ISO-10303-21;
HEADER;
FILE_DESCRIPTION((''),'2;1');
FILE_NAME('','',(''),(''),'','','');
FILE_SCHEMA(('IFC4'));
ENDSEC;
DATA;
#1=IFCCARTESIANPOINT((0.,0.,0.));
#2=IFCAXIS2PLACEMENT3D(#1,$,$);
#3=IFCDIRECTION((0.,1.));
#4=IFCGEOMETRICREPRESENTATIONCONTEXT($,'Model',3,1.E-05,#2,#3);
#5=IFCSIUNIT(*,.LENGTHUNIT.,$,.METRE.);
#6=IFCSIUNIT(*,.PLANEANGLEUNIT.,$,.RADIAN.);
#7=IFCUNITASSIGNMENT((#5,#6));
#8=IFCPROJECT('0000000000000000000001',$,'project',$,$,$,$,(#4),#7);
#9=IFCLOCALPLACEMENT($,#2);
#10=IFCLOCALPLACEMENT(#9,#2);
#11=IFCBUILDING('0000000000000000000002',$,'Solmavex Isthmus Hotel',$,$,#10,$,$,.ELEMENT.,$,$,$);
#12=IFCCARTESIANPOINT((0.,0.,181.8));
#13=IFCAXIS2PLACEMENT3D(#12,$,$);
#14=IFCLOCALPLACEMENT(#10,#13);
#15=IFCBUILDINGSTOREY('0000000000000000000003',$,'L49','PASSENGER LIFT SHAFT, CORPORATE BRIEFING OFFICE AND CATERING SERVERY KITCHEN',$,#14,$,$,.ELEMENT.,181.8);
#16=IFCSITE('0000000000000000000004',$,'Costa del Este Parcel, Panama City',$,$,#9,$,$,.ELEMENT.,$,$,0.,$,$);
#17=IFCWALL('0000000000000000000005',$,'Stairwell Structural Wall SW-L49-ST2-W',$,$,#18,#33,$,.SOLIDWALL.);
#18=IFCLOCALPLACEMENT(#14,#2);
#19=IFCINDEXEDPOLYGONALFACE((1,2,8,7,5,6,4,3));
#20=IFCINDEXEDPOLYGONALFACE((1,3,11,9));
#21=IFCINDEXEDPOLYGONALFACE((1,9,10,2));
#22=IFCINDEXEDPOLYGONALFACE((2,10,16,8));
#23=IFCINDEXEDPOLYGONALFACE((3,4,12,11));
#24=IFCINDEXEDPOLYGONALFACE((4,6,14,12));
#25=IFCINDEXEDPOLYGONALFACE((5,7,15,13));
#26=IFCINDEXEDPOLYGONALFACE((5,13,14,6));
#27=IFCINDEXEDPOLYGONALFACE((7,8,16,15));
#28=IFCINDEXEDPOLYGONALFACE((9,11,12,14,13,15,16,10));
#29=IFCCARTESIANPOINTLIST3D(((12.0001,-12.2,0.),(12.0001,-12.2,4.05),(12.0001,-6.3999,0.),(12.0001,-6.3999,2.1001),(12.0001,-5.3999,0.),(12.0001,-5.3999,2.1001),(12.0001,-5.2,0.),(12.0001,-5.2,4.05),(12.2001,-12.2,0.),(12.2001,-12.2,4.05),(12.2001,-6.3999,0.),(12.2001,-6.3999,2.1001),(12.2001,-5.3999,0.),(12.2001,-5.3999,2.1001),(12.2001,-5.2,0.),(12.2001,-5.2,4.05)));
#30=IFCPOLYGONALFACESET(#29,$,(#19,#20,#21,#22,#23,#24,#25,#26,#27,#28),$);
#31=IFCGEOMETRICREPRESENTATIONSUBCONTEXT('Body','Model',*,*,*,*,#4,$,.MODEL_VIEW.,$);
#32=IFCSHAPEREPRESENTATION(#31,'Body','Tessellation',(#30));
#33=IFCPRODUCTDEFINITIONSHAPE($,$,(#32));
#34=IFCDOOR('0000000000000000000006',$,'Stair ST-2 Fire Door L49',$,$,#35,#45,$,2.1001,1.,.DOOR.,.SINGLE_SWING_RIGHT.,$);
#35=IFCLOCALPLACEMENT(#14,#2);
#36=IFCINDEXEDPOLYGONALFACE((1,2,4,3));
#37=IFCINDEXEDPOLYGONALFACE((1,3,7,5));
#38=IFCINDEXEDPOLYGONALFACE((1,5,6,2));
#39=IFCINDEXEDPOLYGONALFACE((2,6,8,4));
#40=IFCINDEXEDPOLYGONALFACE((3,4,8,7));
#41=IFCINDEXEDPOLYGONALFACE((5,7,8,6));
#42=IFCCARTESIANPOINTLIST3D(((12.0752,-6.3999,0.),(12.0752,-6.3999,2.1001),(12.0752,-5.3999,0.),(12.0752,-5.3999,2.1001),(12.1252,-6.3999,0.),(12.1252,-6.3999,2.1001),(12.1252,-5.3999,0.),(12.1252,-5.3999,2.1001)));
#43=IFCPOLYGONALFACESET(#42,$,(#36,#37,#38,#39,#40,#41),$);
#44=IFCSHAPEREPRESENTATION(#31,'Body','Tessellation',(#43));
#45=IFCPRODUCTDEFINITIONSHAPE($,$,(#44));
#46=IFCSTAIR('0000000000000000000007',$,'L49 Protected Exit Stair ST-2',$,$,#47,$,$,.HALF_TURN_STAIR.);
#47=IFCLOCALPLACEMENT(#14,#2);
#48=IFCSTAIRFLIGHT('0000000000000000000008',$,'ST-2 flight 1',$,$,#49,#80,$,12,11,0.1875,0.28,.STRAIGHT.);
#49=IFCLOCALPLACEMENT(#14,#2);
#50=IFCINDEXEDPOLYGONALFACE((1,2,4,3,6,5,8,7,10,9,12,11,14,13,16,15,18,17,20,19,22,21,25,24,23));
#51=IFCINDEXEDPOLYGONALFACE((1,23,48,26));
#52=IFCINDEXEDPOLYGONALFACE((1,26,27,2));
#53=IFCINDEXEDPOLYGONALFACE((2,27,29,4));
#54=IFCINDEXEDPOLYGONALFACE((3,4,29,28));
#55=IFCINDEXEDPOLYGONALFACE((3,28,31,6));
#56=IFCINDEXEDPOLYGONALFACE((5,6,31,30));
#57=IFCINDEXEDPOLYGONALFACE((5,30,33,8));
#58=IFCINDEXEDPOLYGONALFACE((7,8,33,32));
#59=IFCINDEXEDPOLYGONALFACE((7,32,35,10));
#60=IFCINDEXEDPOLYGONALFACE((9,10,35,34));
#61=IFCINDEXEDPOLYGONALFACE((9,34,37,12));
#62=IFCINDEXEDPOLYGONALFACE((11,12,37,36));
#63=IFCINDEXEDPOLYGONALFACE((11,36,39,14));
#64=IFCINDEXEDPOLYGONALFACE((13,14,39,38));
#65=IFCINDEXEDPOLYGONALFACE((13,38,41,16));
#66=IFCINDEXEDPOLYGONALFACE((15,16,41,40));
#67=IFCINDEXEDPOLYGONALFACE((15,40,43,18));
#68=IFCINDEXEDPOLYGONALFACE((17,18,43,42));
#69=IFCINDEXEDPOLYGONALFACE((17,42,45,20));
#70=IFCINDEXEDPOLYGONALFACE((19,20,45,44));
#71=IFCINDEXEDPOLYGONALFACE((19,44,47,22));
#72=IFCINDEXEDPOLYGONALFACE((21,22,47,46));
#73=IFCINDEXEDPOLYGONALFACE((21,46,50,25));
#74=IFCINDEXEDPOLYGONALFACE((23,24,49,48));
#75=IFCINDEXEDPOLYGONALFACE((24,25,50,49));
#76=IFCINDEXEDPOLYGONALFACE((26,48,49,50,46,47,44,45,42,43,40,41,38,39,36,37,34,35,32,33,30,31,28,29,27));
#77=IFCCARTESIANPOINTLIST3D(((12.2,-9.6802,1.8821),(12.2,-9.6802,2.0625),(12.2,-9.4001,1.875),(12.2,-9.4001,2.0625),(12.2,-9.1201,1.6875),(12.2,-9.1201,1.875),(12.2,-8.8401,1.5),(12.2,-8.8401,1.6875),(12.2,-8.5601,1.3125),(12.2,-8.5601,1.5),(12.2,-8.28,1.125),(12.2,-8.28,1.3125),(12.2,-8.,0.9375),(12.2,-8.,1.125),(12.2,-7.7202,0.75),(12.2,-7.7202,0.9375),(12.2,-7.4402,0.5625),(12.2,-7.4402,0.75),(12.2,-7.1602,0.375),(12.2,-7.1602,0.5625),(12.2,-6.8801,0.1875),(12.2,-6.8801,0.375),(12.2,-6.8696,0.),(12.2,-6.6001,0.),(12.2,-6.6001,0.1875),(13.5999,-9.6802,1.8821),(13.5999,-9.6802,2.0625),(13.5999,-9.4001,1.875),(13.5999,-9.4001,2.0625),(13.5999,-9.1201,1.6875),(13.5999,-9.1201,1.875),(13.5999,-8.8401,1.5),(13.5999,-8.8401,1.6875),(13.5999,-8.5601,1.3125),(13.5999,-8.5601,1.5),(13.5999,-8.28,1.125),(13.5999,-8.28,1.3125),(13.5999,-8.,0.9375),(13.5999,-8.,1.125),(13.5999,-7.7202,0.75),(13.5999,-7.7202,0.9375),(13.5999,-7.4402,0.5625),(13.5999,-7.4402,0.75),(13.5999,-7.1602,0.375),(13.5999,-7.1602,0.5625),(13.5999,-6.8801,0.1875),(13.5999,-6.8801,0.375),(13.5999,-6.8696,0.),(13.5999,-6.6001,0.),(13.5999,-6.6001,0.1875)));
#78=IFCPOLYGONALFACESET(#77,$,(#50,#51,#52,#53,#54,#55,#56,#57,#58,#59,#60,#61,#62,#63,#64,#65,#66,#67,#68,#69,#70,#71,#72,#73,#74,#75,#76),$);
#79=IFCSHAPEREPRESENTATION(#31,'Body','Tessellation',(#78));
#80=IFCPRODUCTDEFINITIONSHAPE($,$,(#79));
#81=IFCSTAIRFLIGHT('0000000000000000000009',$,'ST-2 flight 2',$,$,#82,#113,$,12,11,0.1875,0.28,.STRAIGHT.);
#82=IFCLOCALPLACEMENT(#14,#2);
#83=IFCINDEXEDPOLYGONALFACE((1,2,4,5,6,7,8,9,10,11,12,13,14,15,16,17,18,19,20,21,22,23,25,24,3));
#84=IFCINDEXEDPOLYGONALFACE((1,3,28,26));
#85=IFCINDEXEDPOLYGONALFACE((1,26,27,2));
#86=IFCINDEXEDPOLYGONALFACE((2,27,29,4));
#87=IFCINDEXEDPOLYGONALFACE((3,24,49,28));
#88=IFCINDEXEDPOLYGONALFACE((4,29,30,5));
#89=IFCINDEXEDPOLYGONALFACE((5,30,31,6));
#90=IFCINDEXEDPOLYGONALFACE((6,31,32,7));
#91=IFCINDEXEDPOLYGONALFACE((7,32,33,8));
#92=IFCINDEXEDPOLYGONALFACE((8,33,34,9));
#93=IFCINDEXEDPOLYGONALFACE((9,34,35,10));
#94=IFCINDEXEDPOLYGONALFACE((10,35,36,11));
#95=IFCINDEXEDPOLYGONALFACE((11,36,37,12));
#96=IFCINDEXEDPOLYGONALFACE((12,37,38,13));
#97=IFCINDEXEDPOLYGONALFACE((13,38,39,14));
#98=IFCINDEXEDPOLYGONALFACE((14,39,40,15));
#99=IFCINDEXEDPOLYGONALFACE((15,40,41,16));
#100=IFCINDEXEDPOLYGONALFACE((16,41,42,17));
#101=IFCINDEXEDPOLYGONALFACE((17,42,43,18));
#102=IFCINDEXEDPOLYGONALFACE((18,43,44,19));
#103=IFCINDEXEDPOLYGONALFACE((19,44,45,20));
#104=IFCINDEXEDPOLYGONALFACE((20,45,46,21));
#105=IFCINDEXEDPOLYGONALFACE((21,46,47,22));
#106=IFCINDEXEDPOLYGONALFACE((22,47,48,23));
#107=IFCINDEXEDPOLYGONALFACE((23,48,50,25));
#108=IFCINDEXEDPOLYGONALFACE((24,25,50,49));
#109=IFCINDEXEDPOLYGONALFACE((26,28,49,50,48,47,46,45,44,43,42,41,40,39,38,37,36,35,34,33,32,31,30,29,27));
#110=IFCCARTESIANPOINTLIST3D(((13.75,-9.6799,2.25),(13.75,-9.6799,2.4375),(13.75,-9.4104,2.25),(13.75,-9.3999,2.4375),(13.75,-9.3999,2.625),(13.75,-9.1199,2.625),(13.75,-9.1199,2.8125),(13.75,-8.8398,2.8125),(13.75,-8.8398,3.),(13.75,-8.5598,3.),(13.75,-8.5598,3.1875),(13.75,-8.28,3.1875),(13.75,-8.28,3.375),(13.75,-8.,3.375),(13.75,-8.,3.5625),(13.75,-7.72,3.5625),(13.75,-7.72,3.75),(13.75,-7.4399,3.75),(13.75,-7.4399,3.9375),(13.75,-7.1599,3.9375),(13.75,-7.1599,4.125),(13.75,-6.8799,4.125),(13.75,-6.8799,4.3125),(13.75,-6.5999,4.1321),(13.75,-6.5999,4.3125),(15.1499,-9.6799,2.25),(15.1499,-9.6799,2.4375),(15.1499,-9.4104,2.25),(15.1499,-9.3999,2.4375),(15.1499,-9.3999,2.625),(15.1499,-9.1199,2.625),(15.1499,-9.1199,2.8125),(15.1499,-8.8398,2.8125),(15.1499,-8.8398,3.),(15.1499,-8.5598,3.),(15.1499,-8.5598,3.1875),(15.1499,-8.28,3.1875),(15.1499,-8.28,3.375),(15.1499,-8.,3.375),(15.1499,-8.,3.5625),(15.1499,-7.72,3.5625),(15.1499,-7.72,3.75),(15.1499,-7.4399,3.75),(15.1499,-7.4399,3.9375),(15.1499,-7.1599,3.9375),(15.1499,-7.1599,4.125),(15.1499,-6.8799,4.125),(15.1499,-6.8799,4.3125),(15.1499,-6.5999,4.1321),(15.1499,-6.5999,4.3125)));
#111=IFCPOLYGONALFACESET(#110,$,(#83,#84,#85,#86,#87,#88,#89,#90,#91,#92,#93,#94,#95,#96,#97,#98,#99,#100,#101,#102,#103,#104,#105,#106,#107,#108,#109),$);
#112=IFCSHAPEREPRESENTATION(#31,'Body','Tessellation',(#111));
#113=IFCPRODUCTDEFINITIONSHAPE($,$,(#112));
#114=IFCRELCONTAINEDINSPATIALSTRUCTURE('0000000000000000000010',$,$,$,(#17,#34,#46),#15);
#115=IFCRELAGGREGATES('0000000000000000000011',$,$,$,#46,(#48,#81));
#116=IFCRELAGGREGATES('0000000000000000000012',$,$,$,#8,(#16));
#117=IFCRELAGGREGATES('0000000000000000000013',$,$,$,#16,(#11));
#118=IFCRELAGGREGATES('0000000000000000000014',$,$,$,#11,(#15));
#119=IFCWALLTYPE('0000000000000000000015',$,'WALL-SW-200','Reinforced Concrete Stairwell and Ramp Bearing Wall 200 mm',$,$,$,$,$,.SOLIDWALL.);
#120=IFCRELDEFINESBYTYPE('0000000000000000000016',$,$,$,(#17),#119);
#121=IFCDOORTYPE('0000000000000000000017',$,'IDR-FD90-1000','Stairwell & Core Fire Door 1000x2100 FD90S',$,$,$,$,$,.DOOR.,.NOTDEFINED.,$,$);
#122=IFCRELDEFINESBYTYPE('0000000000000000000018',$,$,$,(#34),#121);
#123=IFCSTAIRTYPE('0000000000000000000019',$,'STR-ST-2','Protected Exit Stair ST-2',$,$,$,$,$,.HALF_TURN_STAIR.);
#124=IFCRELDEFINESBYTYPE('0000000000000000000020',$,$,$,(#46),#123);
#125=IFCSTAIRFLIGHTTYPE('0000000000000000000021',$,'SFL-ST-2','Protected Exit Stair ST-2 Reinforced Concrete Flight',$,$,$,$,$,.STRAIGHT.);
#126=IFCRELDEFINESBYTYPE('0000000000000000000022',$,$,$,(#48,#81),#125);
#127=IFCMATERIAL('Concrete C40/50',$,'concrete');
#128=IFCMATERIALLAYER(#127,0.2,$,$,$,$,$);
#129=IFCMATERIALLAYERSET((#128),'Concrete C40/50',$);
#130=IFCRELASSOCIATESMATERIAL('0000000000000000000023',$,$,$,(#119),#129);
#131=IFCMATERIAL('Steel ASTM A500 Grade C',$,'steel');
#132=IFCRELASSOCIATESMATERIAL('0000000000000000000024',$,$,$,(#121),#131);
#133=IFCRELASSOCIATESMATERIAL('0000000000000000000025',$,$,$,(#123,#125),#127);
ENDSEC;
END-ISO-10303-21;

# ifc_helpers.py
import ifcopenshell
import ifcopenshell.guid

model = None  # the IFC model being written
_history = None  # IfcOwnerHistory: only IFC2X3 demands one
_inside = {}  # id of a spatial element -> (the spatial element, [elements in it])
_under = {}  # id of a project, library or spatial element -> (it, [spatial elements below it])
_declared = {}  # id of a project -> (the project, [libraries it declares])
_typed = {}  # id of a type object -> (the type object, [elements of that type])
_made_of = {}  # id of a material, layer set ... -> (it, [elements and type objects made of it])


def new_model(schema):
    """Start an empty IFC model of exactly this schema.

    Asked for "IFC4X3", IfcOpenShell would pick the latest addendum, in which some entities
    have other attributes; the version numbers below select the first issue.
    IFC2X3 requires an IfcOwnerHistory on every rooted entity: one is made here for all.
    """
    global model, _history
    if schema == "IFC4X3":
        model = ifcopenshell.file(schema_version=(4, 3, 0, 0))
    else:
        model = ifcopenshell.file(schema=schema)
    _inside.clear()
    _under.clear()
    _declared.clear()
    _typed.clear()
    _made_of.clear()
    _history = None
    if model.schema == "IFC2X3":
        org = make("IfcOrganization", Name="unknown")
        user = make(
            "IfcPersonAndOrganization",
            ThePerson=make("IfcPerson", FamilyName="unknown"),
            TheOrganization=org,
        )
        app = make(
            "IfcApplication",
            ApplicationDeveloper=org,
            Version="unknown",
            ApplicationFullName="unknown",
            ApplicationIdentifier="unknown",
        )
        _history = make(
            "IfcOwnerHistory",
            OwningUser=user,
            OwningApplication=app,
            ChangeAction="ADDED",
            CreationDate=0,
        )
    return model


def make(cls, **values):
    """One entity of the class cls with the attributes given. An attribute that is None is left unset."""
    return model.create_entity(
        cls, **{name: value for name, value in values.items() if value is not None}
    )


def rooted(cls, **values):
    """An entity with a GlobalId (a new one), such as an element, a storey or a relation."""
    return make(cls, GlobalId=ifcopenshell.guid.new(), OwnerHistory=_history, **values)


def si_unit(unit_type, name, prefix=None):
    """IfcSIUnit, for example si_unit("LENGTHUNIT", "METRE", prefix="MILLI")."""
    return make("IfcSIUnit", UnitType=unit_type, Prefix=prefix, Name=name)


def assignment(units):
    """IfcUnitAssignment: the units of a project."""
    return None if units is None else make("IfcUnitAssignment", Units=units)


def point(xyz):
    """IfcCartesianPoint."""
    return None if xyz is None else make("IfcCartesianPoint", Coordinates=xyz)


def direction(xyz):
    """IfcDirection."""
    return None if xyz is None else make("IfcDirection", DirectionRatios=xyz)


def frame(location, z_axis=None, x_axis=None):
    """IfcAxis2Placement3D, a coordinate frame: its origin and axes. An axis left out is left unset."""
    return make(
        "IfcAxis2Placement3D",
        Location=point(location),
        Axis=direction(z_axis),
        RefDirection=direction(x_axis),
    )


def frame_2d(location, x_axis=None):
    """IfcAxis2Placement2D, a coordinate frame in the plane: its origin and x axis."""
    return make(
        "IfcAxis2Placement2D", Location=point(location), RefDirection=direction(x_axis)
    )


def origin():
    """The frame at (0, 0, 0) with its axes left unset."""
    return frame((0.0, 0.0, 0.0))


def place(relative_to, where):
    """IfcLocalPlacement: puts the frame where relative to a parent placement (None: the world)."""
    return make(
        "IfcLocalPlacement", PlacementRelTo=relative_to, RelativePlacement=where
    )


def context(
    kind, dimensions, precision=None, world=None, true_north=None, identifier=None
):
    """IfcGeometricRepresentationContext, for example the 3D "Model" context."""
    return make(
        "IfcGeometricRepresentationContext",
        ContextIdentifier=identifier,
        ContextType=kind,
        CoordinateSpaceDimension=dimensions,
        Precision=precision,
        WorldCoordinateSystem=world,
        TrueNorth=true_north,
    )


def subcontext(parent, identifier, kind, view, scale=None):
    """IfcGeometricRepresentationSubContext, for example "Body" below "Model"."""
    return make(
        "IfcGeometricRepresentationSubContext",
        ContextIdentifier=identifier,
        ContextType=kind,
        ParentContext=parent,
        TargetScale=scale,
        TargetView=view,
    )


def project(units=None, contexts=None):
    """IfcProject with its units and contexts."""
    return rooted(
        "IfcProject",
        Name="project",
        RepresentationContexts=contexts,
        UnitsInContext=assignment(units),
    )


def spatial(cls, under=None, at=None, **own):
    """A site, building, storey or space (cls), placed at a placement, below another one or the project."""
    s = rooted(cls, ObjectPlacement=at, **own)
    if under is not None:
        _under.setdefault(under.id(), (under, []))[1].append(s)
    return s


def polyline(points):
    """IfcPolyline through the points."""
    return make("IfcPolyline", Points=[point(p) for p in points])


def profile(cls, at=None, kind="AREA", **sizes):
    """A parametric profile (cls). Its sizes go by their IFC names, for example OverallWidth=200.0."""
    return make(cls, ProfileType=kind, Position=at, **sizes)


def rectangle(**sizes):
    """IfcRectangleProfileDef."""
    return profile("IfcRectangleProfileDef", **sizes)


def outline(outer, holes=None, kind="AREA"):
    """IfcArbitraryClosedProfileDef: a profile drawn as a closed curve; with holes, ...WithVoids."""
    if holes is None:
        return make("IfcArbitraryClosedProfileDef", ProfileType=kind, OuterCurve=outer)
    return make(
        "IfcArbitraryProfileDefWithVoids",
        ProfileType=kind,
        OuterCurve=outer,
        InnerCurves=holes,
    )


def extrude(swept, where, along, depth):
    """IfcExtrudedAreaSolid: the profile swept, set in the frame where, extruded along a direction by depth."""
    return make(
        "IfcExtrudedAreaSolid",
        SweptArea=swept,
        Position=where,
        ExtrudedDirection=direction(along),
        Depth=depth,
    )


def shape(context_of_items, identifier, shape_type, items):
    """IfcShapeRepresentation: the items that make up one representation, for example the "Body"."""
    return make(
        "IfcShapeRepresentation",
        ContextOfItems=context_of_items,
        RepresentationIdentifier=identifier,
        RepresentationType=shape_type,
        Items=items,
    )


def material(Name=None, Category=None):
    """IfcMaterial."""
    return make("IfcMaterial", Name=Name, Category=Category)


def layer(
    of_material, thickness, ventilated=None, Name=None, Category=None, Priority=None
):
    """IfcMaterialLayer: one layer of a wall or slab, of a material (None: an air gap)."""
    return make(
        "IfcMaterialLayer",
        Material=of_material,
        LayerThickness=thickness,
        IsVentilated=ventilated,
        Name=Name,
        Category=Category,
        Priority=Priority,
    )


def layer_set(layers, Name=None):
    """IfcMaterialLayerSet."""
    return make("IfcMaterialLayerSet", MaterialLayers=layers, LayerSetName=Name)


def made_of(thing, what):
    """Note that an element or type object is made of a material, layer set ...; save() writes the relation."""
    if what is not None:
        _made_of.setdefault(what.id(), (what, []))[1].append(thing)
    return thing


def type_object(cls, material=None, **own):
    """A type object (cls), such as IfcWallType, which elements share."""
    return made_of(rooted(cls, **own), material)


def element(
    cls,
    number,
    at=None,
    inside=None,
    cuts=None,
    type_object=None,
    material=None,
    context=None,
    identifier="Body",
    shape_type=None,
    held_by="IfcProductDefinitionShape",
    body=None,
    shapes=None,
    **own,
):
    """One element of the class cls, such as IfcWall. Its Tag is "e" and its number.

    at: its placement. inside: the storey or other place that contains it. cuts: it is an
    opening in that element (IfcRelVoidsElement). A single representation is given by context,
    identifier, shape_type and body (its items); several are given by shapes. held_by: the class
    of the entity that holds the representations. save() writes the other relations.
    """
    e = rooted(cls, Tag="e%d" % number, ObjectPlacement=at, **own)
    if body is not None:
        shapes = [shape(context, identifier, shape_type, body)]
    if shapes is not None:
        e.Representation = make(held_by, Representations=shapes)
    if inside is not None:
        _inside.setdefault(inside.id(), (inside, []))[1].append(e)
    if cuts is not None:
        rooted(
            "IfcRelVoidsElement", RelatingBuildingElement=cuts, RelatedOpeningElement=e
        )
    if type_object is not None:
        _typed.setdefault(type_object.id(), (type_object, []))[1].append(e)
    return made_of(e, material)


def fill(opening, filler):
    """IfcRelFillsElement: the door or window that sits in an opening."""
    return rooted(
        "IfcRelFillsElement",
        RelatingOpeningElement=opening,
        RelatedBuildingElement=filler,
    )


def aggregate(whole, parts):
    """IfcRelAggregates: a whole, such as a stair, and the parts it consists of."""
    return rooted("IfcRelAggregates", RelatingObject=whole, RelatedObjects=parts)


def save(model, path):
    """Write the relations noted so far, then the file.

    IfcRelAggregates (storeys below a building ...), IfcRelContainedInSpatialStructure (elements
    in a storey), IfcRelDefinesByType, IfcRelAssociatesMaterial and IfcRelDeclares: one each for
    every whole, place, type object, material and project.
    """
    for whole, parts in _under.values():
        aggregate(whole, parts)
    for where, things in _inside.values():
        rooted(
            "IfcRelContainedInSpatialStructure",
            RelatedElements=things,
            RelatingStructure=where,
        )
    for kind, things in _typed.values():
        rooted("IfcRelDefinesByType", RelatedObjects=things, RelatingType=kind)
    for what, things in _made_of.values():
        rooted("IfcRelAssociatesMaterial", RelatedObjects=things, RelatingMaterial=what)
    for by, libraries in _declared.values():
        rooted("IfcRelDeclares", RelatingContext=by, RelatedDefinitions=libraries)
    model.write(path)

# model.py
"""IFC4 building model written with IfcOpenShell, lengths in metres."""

from ifc_helpers import new_model, si_unit, direction, frame, frame_2d, origin, place, context, subcontext, project, spatial, polyline, rectangle, outline, extrude, material, layer, layer_set, type_object, element, fill, aggregate, save


model = new_model("IFC4")

# Units and contexts
model_context = context("Model", 3, precision=1e-05, world=origin(), true_north=direction((0.0, 1.0)))
body_context = subcontext(model_context, "Body", "Model", "MODEL_VIEW")
ifc_project = project(units=[si_unit("LENGTHUNIT", "METRE"), si_unit("PLANEANGLEUNIT", "RADIAN")], contexts=[model_context])

# Site, building, storey
site_placement = place(None, origin())
site = spatial("IfcSite", under=ifc_project, at=site_placement, Name="Costa del Este Parcel, Panama City", CompositionType="ELEMENT", RefElevation=0.0)
building_placement = place(site_placement, origin())
building = spatial("IfcBuilding", under=site, at=building_placement, Name="Solmavex Isthmus Hotel", CompositionType="ELEMENT")
storey_placement = place(building_placement, frame((0.0, 0.0, 181.8)))
storey = spatial("IfcBuildingStorey", under=building, at=storey_placement, Name="L49", Description="PASSENGER LIFT SHAFT, CORPORATE BRIEFING OFFICE AND CATERING SERVERY KITCHEN", CompositionType="ELEMENT", Elevation=181.8)

# Shared definitions
ifc_material_1 = material(Name="Concrete C40/50", Category="concrete")

# Shared definitions
ifc_material_2 = material(Name="Steel ASTM A500 Grade C", Category="steel")

# Shared definitions
ifc_layer_1 = layer(ifc_material_1, 0.2)
ifc_layer_set_1 = layer_set([ifc_layer_1], Name="Concrete C40/50")
wall_type_1 = type_object("IfcWallType", Name="WALL-SW-200", Description="Reinforced Concrete Stairwell and Ramp Bearing Wall 200 mm", PredefinedType="SOLIDWALL", material=ifc_layer_set_1)

# Wall, opening, door
wall_1_placement = place(storey_placement, frame((12.1001, -12.2, 0.0), z_axis=(0.0, 0.0, 1.0), x_axis=(0.0, 1.0, 0.0)))
wall_1 = element("IfcWall", 1, at=wall_1_placement, inside=storey, type_object=wall_type_1, Name="Stairwell Structural Wall SW-L49-ST2-W", PredefinedType="SOLIDWALL", context=body_context, shape_type="SweptSolid", body=[
    extrude(rectangle(XDim=7.0, YDim=0.2, at=frame_2d((3.5, 0.0))), origin(), (0.0, 0.0, 1.0), 4.05),
])
opening_1_placement = place(wall_1_placement, frame((5.8, 0.0, 0.0)))
opening_1 = element("IfcOpeningElement", 2, at=opening_1_placement, cuts=wall_1, PredefinedType="OPENING", context=body_context, shape_type="SweptSolid", body=[
    extrude(rectangle(XDim=1.0, YDim=2.1001, at=frame_2d((0.5, 1.05))), frame((0.0, 0.1099, 0.0), z_axis=(0.0, -1.0, 0.0), x_axis=(1.0, 0.0, 0.0)), (0.0, 0.0, 1.0), 0.22),
])
door_type_1 = type_object("IfcDoorType", Name="IDR-FD90-1000", Description="Stairwell & Core Fire Door 1000x2100 FD90S", OperationType="NOTDEFINED", PredefinedType="DOOR", material=ifc_material_2)
door_1_placement = place(opening_1_placement, origin())
door_1 = element("IfcDoor", 3, at=door_1_placement, inside=storey, type_object=door_type_1, Name="Stair ST-2 Fire Door L49", OperationType="SINGLE_SWING_RIGHT", OverallHeight=2.1001, OverallWidth=1.0, PredefinedType="DOOR", context=body_context, shape_type="SweptSolid", body=[
    extrude(rectangle(XDim=1.0, YDim=2.1001, at=frame_2d((0.5, 1.05))), frame((0.0, 0.0249, 0.0), z_axis=(0.0, -1.0, 0.0), x_axis=(1.0, 0.0, 0.0)), (0.0, 0.0, 1.0), 0.05),
])
fill(opening_1, door_1)

# Stair, stair flights
stair_type = type_object("IfcStairType", Name="STR-ST-2", Description="Protected Exit Stair ST-2", PredefinedType="HALF_TURN_STAIR", material=ifc_material_1)
stair_placement = place(storey_placement, origin())
stair = element("IfcStair", 4, at=stair_placement, inside=storey, type_object=stair_type, Name="L49 Protected Exit Stair ST-2", PredefinedType="HALF_TURN_STAIR")
stair_flight_type = type_object("IfcStairFlightType", Name="SFL-ST-2", Description="Protected Exit Stair ST-2 Reinforced Concrete Flight", PredefinedType="STRAIGHT", material=ifc_material_1)
stair_flight_1_placement = place(storey_placement, frame((12.8999, -6.6001, 0.0), z_axis=(0.0, 0.0, 1.0), x_axis=(0.0, -1.0, 0.0)))
stair_flight_1 = element("IfcStairFlight", 5, at=stair_flight_1_placement, type_object=stair_flight_type, Name="ST-2 flight 1", NumberOfRisers=12, NumberOfTreads=11, PredefinedType="STRAIGHT", RiserHeight=0.1875, TreadLength=0.28, context=body_context, shape_type="SweptSolid", body=[
    extrude(outline(polyline([(0.0, 0.0), (0.0, 0.1875), (0.28, 0.1875), (0.28, 0.375), (0.5601, 0.375), (0.5601, 0.5625), (0.8401, 0.5625), (0.8401, 0.75), (1.1201, 0.75), (1.1201, 0.9375), (1.3999, 0.9375), (1.3999, 1.125), (1.6799, 1.125), (1.6799, 1.3125), (1.96, 1.3125), (1.96, 1.5), (2.24, 1.5), (2.24, 1.6875), (2.52, 1.6875), (2.52, 1.875), (2.8, 1.875), (2.8, 2.0625), (3.0801, 2.0625), (3.0801, 2.25), (3.0801, 1.8821), (0.2695, 0.0), (0.0, 0.0)])), frame((0.0, 0.7, 0.0), z_axis=(0.0, -1.0, 0.0), x_axis=(1.0, 0.0, 0.0)), (0.0, 0.0, 1.0), 1.3999),
])
stair_flight_2_placement = place(storey_placement, frame((14.45, -9.6799, 2.25), z_axis=(0.0, 0.0, 1.0), x_axis=(0.0, 1.0, 0.0)))
stair_flight_2 = element("IfcStairFlight", 6, at=stair_flight_2_placement, type_object=stair_flight_type, Name="ST-2 flight 2", NumberOfRisers=12, NumberOfTreads=11, PredefinedType="STRAIGHT", RiserHeight=0.1875, TreadLength=0.28, context=body_context, shape_type="SweptSolid", body=[
    extrude(outline(polyline([(0.0, 0.0), (0.0, 0.1875), (0.28, 0.1875), (0.28, 0.375), (0.5601, 0.375), (0.5601, 0.5625), (0.8401, 0.5625), (0.8401, 0.75), (1.1201, 0.75), (1.1201, 0.9375), (1.3999, 0.9375), (1.3999, 1.125), (1.6799, 1.125), (1.6799, 1.3125), (1.96, 1.3125), (1.96, 1.5), (2.24, 1.5), (2.24, 1.6875), (2.52, 1.6875), (2.52, 1.875), (2.8, 1.875), (2.8, 2.0625), (3.0801, 2.0625), (3.0801, 2.25), (3.0801, 1.8821), (0.2695, 0.0), (0.0, 0.0)])), frame((0.0, 0.7, 0.0), z_axis=(0.0, -1.0, 0.0), x_axis=(1.0, 0.0, 0.0)), (0.0, 0.0, 1.0), 1.3999),
])
aggregate(stair, [stair_flight_1, stair_flight_2])

save(model, "model.ifc")
